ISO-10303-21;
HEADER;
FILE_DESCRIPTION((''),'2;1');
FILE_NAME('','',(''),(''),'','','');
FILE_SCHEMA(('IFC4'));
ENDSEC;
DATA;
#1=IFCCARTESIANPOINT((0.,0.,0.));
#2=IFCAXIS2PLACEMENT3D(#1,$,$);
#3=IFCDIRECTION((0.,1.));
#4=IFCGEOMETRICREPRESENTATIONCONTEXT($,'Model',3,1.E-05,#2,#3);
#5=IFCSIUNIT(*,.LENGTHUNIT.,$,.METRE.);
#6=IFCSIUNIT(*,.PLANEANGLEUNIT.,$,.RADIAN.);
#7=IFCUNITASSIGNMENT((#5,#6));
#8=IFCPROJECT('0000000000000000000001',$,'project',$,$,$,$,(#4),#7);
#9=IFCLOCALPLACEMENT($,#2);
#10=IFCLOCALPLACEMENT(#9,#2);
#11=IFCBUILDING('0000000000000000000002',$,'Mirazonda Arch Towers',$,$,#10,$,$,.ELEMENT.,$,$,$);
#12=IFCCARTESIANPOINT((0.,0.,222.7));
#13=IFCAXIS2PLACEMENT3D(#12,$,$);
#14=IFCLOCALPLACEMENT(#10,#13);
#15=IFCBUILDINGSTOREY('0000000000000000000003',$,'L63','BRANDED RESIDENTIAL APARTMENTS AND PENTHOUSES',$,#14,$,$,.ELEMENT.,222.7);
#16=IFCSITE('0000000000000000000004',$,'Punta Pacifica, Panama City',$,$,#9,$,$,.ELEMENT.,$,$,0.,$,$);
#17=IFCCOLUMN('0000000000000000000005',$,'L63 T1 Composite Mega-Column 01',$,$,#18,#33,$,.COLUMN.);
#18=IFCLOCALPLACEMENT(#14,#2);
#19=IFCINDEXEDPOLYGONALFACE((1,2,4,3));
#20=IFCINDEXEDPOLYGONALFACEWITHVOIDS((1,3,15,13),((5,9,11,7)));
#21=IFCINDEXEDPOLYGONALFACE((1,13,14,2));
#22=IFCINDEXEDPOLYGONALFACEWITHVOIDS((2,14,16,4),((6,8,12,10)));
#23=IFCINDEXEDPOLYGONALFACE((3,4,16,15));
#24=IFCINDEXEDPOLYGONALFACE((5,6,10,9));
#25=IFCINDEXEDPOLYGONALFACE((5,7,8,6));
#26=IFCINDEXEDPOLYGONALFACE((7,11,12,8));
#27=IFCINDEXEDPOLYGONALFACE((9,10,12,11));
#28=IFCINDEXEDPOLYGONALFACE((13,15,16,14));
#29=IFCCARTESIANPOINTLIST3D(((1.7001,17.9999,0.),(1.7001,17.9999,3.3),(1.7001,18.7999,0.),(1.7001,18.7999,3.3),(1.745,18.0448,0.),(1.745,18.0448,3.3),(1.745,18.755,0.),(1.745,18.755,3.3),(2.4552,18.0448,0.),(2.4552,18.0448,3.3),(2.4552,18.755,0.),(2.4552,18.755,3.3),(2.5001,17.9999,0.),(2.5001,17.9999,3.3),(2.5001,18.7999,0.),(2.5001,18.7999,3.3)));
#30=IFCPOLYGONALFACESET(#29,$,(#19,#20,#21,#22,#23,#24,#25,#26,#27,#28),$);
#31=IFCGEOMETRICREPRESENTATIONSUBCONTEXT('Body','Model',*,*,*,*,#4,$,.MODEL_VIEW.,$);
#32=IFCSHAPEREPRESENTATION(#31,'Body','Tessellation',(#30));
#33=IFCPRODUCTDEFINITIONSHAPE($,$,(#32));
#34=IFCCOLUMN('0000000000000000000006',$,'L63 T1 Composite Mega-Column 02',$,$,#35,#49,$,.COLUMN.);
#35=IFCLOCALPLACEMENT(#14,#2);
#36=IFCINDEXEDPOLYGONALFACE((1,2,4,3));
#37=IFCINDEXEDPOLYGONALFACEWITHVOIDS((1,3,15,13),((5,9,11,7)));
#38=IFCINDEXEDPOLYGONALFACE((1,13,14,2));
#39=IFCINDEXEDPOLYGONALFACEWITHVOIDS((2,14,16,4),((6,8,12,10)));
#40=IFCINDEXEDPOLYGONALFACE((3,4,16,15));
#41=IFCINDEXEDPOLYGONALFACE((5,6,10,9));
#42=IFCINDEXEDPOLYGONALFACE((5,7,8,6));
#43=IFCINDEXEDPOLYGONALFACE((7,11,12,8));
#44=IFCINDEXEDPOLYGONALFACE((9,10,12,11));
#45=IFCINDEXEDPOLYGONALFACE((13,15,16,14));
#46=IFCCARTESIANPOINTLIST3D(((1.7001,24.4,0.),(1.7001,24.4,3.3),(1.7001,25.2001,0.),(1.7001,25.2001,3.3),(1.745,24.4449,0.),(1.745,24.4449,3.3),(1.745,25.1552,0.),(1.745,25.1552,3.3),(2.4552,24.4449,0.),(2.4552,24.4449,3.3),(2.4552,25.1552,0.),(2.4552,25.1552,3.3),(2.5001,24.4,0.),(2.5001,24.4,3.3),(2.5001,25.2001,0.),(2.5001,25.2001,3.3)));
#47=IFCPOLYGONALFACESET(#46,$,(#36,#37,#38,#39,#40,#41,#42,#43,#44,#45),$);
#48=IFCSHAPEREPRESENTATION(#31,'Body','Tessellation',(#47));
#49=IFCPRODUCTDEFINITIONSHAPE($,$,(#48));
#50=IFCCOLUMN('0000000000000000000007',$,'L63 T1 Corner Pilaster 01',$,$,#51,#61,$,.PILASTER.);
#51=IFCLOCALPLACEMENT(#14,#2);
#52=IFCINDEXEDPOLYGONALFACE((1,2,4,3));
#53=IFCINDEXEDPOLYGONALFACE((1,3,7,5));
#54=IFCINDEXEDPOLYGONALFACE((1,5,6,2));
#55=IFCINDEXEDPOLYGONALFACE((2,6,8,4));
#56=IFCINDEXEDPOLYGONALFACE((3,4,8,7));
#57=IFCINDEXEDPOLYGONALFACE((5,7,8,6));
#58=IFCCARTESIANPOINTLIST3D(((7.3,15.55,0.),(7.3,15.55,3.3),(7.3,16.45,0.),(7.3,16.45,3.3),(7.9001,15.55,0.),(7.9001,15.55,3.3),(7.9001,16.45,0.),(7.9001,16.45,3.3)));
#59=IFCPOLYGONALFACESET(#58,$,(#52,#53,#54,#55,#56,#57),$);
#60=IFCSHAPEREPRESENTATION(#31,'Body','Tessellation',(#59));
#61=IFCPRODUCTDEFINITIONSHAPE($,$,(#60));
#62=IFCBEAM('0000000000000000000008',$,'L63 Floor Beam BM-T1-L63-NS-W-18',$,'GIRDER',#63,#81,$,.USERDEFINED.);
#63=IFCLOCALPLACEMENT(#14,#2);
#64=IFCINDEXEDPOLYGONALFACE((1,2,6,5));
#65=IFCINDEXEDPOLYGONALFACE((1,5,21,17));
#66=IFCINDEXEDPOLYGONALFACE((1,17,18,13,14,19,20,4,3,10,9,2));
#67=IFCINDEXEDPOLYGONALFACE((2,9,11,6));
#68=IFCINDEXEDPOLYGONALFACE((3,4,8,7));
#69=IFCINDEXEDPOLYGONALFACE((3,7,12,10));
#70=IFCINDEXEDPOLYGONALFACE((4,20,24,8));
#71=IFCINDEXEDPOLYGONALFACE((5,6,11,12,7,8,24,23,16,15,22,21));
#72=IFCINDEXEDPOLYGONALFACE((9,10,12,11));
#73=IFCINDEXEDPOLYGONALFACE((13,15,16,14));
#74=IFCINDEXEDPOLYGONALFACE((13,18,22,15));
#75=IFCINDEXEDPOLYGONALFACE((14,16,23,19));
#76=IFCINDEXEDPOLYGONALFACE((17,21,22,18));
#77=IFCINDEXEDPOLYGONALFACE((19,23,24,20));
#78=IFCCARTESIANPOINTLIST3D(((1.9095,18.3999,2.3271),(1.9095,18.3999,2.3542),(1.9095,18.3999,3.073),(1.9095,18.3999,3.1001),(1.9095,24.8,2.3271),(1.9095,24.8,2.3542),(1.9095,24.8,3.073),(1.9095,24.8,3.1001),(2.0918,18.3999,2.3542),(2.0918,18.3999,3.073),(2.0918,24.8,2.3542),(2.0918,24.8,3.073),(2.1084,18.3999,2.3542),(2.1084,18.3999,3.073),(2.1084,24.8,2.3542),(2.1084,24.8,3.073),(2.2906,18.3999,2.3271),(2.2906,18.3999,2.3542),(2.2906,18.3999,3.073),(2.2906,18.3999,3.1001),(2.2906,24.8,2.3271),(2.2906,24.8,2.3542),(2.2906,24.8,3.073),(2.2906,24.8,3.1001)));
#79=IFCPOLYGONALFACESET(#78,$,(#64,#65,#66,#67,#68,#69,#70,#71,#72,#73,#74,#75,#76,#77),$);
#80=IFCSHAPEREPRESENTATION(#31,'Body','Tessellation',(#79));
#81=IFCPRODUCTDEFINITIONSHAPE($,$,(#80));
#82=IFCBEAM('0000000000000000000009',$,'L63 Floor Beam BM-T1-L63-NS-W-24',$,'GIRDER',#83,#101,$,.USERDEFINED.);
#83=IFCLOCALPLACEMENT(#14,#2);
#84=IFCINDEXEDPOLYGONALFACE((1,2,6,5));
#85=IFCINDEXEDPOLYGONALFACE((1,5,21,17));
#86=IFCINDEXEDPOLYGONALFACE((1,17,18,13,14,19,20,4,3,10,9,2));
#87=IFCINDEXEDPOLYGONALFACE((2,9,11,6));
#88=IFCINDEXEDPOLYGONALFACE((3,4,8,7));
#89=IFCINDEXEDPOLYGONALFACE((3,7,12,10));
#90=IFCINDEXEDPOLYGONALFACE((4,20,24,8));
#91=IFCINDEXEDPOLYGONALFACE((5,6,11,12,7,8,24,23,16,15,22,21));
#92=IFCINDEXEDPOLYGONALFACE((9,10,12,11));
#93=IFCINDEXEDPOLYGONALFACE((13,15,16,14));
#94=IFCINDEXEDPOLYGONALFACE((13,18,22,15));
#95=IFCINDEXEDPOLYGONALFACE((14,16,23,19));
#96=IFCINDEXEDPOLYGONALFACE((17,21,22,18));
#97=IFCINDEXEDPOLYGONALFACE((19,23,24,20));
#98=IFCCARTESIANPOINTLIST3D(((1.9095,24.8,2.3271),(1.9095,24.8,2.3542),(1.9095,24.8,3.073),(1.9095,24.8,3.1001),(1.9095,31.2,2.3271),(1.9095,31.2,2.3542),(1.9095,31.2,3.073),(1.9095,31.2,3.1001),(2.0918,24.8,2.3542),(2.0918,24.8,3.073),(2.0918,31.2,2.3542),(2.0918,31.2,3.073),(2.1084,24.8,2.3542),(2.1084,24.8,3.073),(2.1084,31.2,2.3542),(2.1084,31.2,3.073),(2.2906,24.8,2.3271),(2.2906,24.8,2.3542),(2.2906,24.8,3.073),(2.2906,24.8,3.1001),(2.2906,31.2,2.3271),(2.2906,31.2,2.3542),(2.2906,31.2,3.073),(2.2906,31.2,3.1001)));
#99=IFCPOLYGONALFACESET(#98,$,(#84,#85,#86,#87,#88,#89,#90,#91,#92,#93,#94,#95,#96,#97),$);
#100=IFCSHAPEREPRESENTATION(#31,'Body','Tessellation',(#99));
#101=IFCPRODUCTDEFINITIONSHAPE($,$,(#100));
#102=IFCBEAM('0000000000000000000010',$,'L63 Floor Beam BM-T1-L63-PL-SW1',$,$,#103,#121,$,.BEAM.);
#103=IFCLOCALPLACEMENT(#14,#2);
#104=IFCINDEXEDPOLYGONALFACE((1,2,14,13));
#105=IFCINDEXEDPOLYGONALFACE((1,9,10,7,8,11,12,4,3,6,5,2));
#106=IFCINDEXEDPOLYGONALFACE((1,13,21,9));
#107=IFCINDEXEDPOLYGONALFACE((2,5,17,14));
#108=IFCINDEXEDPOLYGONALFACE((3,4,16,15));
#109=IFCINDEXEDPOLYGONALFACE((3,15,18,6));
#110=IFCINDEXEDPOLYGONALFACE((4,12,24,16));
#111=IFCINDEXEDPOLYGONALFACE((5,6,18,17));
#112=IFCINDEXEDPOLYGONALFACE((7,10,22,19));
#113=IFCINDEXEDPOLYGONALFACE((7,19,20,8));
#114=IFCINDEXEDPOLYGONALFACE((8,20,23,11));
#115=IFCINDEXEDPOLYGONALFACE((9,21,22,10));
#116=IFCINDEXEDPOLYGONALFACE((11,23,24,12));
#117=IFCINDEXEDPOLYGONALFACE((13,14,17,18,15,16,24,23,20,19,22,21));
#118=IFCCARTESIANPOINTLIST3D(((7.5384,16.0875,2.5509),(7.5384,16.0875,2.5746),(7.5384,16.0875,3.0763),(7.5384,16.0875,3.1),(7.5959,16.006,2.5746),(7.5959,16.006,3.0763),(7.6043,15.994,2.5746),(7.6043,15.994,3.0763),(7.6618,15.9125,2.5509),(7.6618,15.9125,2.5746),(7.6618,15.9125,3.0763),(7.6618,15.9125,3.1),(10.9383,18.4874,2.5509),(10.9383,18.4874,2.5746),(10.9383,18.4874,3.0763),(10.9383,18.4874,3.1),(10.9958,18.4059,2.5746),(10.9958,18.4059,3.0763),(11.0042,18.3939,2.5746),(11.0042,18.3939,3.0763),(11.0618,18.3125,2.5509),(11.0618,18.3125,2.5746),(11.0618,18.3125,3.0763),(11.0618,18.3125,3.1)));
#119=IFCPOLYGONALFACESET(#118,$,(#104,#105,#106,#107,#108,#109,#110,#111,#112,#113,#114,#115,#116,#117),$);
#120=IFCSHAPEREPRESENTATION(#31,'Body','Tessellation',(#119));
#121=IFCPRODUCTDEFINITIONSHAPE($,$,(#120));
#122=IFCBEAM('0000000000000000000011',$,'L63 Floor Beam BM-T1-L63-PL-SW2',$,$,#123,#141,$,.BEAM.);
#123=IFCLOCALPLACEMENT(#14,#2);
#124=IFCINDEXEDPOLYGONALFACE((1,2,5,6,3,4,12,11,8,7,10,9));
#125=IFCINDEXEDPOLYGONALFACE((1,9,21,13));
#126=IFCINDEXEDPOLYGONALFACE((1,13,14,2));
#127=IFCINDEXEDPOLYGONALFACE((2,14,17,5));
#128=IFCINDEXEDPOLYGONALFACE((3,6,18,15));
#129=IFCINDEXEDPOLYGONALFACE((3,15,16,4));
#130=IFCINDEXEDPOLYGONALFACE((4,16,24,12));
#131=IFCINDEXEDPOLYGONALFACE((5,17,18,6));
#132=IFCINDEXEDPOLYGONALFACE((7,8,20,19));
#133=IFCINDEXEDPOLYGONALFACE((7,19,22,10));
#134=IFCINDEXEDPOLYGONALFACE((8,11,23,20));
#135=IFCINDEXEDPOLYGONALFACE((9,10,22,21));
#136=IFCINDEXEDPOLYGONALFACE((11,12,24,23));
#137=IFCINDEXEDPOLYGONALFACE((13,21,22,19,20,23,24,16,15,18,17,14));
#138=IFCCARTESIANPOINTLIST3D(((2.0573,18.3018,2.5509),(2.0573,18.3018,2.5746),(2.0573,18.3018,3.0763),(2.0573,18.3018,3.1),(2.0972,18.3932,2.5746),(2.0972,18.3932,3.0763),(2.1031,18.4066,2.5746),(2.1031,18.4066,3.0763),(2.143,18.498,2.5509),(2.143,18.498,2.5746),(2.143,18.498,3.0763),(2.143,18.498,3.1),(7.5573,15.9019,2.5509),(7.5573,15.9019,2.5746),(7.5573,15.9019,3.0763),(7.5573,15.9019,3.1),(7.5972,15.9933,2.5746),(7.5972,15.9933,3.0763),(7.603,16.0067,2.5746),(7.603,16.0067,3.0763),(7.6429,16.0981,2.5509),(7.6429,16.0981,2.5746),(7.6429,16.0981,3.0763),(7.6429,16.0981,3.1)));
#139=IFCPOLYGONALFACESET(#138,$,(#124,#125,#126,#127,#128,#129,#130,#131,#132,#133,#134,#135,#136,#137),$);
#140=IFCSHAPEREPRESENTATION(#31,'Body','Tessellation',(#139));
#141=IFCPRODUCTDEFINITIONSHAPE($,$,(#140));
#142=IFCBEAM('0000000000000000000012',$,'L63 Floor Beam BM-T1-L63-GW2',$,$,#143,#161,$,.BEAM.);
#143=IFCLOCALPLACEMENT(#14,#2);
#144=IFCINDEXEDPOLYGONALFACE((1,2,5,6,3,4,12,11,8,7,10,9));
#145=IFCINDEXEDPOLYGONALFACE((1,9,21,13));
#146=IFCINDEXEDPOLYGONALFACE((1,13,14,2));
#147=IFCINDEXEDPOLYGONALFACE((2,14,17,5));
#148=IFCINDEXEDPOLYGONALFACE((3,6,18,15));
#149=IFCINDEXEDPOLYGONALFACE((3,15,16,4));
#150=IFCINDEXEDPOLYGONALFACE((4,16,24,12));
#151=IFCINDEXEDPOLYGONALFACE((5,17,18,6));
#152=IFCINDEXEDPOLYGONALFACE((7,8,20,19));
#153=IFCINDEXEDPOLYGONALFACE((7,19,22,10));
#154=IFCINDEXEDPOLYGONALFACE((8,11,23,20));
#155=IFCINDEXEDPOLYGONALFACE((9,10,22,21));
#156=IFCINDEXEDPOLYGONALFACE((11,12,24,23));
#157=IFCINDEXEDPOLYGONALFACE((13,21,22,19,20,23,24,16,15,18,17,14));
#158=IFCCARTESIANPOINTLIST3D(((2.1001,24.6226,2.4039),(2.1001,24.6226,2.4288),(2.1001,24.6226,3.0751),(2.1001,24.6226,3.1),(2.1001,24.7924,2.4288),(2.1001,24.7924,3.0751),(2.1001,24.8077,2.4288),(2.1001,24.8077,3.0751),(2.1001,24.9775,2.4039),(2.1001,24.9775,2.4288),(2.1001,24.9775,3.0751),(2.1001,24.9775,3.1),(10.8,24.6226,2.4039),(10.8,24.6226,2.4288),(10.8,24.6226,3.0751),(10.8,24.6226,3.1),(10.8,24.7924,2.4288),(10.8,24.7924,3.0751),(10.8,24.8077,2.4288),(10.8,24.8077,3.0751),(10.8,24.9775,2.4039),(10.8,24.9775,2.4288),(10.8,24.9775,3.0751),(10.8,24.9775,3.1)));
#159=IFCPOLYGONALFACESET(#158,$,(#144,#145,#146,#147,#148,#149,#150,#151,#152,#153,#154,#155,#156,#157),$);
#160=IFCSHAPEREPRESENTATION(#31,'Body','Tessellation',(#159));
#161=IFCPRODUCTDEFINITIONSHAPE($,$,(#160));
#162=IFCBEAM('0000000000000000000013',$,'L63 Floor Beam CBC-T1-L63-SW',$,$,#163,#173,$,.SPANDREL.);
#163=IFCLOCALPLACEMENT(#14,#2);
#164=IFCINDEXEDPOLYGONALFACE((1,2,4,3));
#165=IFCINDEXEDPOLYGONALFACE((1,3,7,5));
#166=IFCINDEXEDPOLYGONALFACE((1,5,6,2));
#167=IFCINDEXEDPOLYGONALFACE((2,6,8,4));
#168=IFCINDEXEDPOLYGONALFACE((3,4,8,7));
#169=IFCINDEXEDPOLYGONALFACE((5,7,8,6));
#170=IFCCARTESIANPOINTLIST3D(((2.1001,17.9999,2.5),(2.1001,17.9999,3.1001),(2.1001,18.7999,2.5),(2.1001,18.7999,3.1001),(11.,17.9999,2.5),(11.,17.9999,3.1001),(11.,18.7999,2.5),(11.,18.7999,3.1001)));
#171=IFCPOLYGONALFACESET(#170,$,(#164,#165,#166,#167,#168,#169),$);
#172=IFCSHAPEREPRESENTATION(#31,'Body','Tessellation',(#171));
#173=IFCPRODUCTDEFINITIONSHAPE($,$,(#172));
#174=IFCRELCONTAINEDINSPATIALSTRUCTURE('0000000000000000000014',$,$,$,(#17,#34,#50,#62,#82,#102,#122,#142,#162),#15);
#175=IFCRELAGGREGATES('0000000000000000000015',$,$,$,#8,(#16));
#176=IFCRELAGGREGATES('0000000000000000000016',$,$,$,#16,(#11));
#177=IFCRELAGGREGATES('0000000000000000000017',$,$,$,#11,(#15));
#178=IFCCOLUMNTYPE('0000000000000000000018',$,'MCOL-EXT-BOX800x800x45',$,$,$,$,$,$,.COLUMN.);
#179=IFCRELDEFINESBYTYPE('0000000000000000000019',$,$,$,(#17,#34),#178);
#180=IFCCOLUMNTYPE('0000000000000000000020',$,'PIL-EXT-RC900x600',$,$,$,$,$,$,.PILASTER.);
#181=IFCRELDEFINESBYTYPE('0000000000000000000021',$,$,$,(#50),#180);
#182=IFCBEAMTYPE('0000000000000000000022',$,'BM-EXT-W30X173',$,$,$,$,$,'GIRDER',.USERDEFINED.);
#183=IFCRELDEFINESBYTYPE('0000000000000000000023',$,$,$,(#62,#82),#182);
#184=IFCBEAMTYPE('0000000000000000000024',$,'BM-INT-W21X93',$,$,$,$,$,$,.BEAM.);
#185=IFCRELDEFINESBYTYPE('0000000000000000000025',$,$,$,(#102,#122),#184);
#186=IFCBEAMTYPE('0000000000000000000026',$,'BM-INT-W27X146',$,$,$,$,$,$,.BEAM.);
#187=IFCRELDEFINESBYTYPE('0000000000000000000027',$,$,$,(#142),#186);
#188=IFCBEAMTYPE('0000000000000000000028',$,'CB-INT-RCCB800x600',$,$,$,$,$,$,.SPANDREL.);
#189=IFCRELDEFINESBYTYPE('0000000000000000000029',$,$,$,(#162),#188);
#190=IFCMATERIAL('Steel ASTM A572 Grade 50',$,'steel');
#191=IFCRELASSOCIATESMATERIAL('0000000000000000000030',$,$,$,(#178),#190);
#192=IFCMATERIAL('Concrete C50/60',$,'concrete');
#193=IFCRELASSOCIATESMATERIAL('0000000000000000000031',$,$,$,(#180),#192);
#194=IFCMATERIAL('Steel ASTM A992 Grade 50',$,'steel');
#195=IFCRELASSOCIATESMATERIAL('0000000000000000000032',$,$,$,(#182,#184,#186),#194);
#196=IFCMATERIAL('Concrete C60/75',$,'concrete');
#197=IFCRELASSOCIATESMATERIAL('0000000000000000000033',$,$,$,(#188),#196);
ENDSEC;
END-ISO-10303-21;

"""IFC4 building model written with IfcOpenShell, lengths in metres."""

from ifc_helpers import new_model, si_unit, direction, frame, origin, origin_2d, place, context, subcontext, project, spatial, rectangle, hollow_rectangle, i_section, extrude, material, material_profile, profile_set, type_object, element, save


model = new_model("IFC4")

# Units and contexts
model_context = context("Model", 3, precision=1e-05, world=origin(), true_north=direction((0.0, 1.0)))
body_context = subcontext(model_context, "Body", "Model", "MODEL_VIEW")
ifc_project = project(units=[si_unit("LENGTHUNIT", "METRE"), si_unit("PLANEANGLEUNIT", "RADIAN")], contexts=[model_context])

# Site, building, storey
site_placement = place(None, origin())
site = spatial("IfcSite", under=ifc_project, at=site_placement, Name="Punta Pacifica, Panama City", CompositionType="ELEMENT", RefElevation=0.0)
building_placement = place(site_placement, origin())
building = spatial("IfcBuilding", under=site, at=building_placement, Name="Mirazonda Arch Towers", CompositionType="ELEMENT")
storey_placement = place(building_placement, frame((0.0, 0.0, 222.7)))
storey = spatial("IfcBuildingStorey", under=building, at=storey_placement, Name="L63", Description="BRANDED RESIDENTIAL APARTMENTS AND PENTHOUSES", CompositionType="ELEMENT", Elevation=222.7)

# Columns
ifc_material_1 = material(Name="Steel ASTM A572 Grade 50", Category="steel")
ifc_material_profile_1 = material_profile(ifc_material_1, hollow_rectangle(XDim=0.8, YDim=0.8, WallThickness=0.0449, at=origin_2d()), Name="BOX800x800x45")
ifc_profile_set_1 = profile_set([ifc_material_profile_1], Name="Steel ASTM A572 Grade 50")
column_type_1 = type_object("IfcColumnType", Name="MCOL-EXT-BOX800x800x45", PredefinedType="COLUMN", material=ifc_profile_set_1)
for number, where, z_axis, x_axis, name in (
    (1, (2.1001, 18.3999, 0.0), (0.0, 0.0, 1.0), (1.0, 0.0, 0.0), "L63 T1 Composite Mega-Column 01"),
    (2, (2.1001, 24.8, 0.0), (0.0, 0.0, 1.0), (1.0, 0.0, 0.0), "L63 T1 Composite Mega-Column 02"),
):
    element("IfcColumn", number, at=place(storey_placement, frame(where, z_axis=z_axis, x_axis=x_axis)), inside=storey, type_object=column_type_1, Name=name, PredefinedType="COLUMN", context=body_context, shape_type="SweptSolid", body=[
        extrude(hollow_rectangle(XDim=0.8, YDim=0.8, WallThickness=0.0449, at=origin_2d()), origin(), (0.0, 0.0, 1.0), 3.3),
    ])
ifc_material_2 = material(Name="Concrete C50/60", Category="concrete")
ifc_material_profile_2 = material_profile(ifc_material_2, rectangle(XDim=0.6001, YDim=0.8999, at=origin_2d()), Name="RC900x600")
ifc_profile_set_2 = profile_set([ifc_material_profile_2], Name="Concrete C50/60")
column_type_2 = type_object("IfcColumnType", Name="PIL-EXT-RC900x600", PredefinedType="PILASTER", material=ifc_profile_set_2)
column_placement = place(storey_placement, frame((7.6001, 16.0, 0.0), z_axis=(0.0, 0.0, 1.0), x_axis=(1.0, 0.0, 0.0)))
element("IfcColumn", 3, at=column_placement, inside=storey, type_object=column_type_2, Name="L63 T1 Corner Pilaster 01", PredefinedType="PILASTER", context=body_context, shape_type="SweptSolid", body=[
    extrude(rectangle(XDim=0.6001, YDim=0.8999, at=origin_2d()), origin(), (0.0, 0.0, 1.0), 3.3),
])

# Beams
ifc_material_3 = material(Name="Steel ASTM A992 Grade 50", Category="steel")
ifc_material_profile_3 = material_profile(ifc_material_3, i_section(OverallWidth=0.3811, OverallDepth=0.7729, WebThickness=0.0166, FlangeThickness=0.0271, at=origin_2d()), Name="W30X173")
ifc_profile_set_3 = profile_set([ifc_material_profile_3], Name="Steel ASTM A992 Grade 50")
beam_type_1 = type_object("IfcBeamType", Name="BM-EXT-W30X173", ElementType="GIRDER", PredefinedType="USERDEFINED", material=ifc_profile_set_3)
beam_1_placement = place(storey_placement, frame((2.1001, 18.3999, 2.7136), z_axis=(0.0, 1.0, 0.0), x_axis=(-1.0, 0.0, 0.0)))
element("IfcBeam", 4, at=beam_1_placement, inside=storey, type_object=beam_type_1, Name="L63 Floor Beam BM-T1-L63-NS-W-18", ObjectType="GIRDER", PredefinedType="USERDEFINED", context=body_context, shape_type="SweptSolid", body=[
    extrude(i_section(OverallWidth=0.3811, OverallDepth=0.7729, WebThickness=0.0166, FlangeThickness=0.0271, at=origin_2d()), origin(), (0.0, 0.0, 1.0), 6.4001),
])
beam_2_placement = place(storey_placement, frame((2.1001, 24.8, 2.7136), z_axis=(0.0, 1.0, 0.0), x_axis=(-1.0, 0.0, 0.0)))
element("IfcBeam", 5, at=beam_2_placement, inside=storey, type_object=beam_type_1, Name="L63 Floor Beam BM-T1-L63-NS-W-24", ObjectType="GIRDER", PredefinedType="USERDEFINED", context=body_context, shape_type="SweptSolid", body=[
    extrude(i_section(OverallWidth=0.3811, OverallDepth=0.7729, WebThickness=0.0166, FlangeThickness=0.0271, at=origin_2d()), origin(), (0.0, 0.0, 1.0), 6.3999),
])
ifc_material_profile_4 = material_profile(ifc_material_3, i_section(OverallWidth=0.2141, OverallDepth=0.5491, WebThickness=0.0146, FlangeThickness=0.0237, at=origin_2d()), Name="W21X93")
ifc_profile_set_4 = profile_set([ifc_material_profile_4], Name="Steel ASTM A992 Grade 50")
beam_type_2 = type_object("IfcBeamType", Name="BM-INT-W21X93", PredefinedType="BEAM", material=ifc_profile_set_4)
beam_3_placement = place(storey_placement, frame((7.6001, 16.0, 2.8254), z_axis=(0.816971, 0.576679, 0.0), x_axis=(-0.576679, 0.816971, 0.0)))
element("IfcBeam", 6, at=beam_3_placement, inside=storey, type_object=beam_type_2, Name="L63 Floor Beam BM-T1-L63-PL-SW1", PredefinedType="BEAM", context=body_context, shape_type="SweptSolid", body=[
    extrude(i_section(OverallWidth=0.2141, OverallDepth=0.5491, WebThickness=0.0146, FlangeThickness=0.0237, at=origin_2d()), origin(), (0.0, 0.0, 1.0), 4.1616),
])
beam_4_placement = place(storey_placement, frame((7.6001, 16.0, 2.8254), z_axis=(-0.916545, 0.399931, 0.0), x_axis=(-0.399931, -0.916545, 0.0)))
element("IfcBeam", 7, at=beam_4_placement, inside=storey, type_object=beam_type_2, Name="L63 Floor Beam BM-T1-L63-PL-SW2", PredefinedType="BEAM", context=body_context, shape_type="SweptSolid", body=[
    extrude(i_section(OverallWidth=0.2141, OverallDepth=0.5491, WebThickness=0.0146, FlangeThickness=0.0237, at=origin_2d()), origin(), (0.0, 0.0, 1.0), 6.0007),
])
ifc_material_profile_5 = material_profile(ifc_material_3, i_section(OverallWidth=0.355, OverallDepth=0.696, WebThickness=0.0154, FlangeThickness=0.0249, at=origin_2d()), Name="W27X146")
ifc_profile_set_5 = profile_set([ifc_material_profile_5], Name="Steel ASTM A992 Grade 50")
beam_type_3 = type_object("IfcBeamType", Name="BM-INT-W27X146", PredefinedType="BEAM", material=ifc_profile_set_5)
beam_5_placement = place(storey_placement, frame((2.1001, 24.8, 2.752), z_axis=(1.0, 0.0, 0.0), x_axis=(0.0, 1.0, 0.0)))
element("IfcBeam", 8, at=beam_5_placement, inside=storey, type_object=beam_type_3, Name="L63 Floor Beam BM-T1-L63-GW2", PredefinedType="BEAM", context=body_context, shape_type="SweptSolid", body=[
    extrude(i_section(OverallWidth=0.355, OverallDepth=0.696, WebThickness=0.0154, FlangeThickness=0.0249, at=origin_2d()), origin(), (0.0, 0.0, 1.0), 8.7),
])
ifc_material_4 = material(Name="Concrete C60/75", Category="concrete")
ifc_material_profile_6 = material_profile(ifc_material_4, rectangle(XDim=0.8, YDim=0.6001, at=origin_2d()), Name="RCCB800x600")
ifc_profile_set_6 = profile_set([ifc_material_profile_6], Name="Concrete C60/75")
beam_type_4 = type_object("IfcBeamType", Name="CB-INT-RCCB800x600", PredefinedType="SPANDREL", material=ifc_profile_set_6)
beam_6_placement = place(storey_placement, frame((2.1001, 18.3999, 2.8), z_axis=(1.0, 0.0, 0.0), x_axis=(0.0, 1.0, 0.0)))
element("IfcBeam", 9, at=beam_6_placement, inside=storey, type_object=beam_type_4, Name="L63 Floor Beam CBC-T1-L63-SW", PredefinedType="SPANDREL", context=body_context, shape_type="SweptSolid", body=[
    extrude(rectangle(XDim=0.8, YDim=0.6001, at=origin_2d()), origin(), (0.0, 0.0, 1.0), 8.8999),
])

save(model, "model.ifc")
